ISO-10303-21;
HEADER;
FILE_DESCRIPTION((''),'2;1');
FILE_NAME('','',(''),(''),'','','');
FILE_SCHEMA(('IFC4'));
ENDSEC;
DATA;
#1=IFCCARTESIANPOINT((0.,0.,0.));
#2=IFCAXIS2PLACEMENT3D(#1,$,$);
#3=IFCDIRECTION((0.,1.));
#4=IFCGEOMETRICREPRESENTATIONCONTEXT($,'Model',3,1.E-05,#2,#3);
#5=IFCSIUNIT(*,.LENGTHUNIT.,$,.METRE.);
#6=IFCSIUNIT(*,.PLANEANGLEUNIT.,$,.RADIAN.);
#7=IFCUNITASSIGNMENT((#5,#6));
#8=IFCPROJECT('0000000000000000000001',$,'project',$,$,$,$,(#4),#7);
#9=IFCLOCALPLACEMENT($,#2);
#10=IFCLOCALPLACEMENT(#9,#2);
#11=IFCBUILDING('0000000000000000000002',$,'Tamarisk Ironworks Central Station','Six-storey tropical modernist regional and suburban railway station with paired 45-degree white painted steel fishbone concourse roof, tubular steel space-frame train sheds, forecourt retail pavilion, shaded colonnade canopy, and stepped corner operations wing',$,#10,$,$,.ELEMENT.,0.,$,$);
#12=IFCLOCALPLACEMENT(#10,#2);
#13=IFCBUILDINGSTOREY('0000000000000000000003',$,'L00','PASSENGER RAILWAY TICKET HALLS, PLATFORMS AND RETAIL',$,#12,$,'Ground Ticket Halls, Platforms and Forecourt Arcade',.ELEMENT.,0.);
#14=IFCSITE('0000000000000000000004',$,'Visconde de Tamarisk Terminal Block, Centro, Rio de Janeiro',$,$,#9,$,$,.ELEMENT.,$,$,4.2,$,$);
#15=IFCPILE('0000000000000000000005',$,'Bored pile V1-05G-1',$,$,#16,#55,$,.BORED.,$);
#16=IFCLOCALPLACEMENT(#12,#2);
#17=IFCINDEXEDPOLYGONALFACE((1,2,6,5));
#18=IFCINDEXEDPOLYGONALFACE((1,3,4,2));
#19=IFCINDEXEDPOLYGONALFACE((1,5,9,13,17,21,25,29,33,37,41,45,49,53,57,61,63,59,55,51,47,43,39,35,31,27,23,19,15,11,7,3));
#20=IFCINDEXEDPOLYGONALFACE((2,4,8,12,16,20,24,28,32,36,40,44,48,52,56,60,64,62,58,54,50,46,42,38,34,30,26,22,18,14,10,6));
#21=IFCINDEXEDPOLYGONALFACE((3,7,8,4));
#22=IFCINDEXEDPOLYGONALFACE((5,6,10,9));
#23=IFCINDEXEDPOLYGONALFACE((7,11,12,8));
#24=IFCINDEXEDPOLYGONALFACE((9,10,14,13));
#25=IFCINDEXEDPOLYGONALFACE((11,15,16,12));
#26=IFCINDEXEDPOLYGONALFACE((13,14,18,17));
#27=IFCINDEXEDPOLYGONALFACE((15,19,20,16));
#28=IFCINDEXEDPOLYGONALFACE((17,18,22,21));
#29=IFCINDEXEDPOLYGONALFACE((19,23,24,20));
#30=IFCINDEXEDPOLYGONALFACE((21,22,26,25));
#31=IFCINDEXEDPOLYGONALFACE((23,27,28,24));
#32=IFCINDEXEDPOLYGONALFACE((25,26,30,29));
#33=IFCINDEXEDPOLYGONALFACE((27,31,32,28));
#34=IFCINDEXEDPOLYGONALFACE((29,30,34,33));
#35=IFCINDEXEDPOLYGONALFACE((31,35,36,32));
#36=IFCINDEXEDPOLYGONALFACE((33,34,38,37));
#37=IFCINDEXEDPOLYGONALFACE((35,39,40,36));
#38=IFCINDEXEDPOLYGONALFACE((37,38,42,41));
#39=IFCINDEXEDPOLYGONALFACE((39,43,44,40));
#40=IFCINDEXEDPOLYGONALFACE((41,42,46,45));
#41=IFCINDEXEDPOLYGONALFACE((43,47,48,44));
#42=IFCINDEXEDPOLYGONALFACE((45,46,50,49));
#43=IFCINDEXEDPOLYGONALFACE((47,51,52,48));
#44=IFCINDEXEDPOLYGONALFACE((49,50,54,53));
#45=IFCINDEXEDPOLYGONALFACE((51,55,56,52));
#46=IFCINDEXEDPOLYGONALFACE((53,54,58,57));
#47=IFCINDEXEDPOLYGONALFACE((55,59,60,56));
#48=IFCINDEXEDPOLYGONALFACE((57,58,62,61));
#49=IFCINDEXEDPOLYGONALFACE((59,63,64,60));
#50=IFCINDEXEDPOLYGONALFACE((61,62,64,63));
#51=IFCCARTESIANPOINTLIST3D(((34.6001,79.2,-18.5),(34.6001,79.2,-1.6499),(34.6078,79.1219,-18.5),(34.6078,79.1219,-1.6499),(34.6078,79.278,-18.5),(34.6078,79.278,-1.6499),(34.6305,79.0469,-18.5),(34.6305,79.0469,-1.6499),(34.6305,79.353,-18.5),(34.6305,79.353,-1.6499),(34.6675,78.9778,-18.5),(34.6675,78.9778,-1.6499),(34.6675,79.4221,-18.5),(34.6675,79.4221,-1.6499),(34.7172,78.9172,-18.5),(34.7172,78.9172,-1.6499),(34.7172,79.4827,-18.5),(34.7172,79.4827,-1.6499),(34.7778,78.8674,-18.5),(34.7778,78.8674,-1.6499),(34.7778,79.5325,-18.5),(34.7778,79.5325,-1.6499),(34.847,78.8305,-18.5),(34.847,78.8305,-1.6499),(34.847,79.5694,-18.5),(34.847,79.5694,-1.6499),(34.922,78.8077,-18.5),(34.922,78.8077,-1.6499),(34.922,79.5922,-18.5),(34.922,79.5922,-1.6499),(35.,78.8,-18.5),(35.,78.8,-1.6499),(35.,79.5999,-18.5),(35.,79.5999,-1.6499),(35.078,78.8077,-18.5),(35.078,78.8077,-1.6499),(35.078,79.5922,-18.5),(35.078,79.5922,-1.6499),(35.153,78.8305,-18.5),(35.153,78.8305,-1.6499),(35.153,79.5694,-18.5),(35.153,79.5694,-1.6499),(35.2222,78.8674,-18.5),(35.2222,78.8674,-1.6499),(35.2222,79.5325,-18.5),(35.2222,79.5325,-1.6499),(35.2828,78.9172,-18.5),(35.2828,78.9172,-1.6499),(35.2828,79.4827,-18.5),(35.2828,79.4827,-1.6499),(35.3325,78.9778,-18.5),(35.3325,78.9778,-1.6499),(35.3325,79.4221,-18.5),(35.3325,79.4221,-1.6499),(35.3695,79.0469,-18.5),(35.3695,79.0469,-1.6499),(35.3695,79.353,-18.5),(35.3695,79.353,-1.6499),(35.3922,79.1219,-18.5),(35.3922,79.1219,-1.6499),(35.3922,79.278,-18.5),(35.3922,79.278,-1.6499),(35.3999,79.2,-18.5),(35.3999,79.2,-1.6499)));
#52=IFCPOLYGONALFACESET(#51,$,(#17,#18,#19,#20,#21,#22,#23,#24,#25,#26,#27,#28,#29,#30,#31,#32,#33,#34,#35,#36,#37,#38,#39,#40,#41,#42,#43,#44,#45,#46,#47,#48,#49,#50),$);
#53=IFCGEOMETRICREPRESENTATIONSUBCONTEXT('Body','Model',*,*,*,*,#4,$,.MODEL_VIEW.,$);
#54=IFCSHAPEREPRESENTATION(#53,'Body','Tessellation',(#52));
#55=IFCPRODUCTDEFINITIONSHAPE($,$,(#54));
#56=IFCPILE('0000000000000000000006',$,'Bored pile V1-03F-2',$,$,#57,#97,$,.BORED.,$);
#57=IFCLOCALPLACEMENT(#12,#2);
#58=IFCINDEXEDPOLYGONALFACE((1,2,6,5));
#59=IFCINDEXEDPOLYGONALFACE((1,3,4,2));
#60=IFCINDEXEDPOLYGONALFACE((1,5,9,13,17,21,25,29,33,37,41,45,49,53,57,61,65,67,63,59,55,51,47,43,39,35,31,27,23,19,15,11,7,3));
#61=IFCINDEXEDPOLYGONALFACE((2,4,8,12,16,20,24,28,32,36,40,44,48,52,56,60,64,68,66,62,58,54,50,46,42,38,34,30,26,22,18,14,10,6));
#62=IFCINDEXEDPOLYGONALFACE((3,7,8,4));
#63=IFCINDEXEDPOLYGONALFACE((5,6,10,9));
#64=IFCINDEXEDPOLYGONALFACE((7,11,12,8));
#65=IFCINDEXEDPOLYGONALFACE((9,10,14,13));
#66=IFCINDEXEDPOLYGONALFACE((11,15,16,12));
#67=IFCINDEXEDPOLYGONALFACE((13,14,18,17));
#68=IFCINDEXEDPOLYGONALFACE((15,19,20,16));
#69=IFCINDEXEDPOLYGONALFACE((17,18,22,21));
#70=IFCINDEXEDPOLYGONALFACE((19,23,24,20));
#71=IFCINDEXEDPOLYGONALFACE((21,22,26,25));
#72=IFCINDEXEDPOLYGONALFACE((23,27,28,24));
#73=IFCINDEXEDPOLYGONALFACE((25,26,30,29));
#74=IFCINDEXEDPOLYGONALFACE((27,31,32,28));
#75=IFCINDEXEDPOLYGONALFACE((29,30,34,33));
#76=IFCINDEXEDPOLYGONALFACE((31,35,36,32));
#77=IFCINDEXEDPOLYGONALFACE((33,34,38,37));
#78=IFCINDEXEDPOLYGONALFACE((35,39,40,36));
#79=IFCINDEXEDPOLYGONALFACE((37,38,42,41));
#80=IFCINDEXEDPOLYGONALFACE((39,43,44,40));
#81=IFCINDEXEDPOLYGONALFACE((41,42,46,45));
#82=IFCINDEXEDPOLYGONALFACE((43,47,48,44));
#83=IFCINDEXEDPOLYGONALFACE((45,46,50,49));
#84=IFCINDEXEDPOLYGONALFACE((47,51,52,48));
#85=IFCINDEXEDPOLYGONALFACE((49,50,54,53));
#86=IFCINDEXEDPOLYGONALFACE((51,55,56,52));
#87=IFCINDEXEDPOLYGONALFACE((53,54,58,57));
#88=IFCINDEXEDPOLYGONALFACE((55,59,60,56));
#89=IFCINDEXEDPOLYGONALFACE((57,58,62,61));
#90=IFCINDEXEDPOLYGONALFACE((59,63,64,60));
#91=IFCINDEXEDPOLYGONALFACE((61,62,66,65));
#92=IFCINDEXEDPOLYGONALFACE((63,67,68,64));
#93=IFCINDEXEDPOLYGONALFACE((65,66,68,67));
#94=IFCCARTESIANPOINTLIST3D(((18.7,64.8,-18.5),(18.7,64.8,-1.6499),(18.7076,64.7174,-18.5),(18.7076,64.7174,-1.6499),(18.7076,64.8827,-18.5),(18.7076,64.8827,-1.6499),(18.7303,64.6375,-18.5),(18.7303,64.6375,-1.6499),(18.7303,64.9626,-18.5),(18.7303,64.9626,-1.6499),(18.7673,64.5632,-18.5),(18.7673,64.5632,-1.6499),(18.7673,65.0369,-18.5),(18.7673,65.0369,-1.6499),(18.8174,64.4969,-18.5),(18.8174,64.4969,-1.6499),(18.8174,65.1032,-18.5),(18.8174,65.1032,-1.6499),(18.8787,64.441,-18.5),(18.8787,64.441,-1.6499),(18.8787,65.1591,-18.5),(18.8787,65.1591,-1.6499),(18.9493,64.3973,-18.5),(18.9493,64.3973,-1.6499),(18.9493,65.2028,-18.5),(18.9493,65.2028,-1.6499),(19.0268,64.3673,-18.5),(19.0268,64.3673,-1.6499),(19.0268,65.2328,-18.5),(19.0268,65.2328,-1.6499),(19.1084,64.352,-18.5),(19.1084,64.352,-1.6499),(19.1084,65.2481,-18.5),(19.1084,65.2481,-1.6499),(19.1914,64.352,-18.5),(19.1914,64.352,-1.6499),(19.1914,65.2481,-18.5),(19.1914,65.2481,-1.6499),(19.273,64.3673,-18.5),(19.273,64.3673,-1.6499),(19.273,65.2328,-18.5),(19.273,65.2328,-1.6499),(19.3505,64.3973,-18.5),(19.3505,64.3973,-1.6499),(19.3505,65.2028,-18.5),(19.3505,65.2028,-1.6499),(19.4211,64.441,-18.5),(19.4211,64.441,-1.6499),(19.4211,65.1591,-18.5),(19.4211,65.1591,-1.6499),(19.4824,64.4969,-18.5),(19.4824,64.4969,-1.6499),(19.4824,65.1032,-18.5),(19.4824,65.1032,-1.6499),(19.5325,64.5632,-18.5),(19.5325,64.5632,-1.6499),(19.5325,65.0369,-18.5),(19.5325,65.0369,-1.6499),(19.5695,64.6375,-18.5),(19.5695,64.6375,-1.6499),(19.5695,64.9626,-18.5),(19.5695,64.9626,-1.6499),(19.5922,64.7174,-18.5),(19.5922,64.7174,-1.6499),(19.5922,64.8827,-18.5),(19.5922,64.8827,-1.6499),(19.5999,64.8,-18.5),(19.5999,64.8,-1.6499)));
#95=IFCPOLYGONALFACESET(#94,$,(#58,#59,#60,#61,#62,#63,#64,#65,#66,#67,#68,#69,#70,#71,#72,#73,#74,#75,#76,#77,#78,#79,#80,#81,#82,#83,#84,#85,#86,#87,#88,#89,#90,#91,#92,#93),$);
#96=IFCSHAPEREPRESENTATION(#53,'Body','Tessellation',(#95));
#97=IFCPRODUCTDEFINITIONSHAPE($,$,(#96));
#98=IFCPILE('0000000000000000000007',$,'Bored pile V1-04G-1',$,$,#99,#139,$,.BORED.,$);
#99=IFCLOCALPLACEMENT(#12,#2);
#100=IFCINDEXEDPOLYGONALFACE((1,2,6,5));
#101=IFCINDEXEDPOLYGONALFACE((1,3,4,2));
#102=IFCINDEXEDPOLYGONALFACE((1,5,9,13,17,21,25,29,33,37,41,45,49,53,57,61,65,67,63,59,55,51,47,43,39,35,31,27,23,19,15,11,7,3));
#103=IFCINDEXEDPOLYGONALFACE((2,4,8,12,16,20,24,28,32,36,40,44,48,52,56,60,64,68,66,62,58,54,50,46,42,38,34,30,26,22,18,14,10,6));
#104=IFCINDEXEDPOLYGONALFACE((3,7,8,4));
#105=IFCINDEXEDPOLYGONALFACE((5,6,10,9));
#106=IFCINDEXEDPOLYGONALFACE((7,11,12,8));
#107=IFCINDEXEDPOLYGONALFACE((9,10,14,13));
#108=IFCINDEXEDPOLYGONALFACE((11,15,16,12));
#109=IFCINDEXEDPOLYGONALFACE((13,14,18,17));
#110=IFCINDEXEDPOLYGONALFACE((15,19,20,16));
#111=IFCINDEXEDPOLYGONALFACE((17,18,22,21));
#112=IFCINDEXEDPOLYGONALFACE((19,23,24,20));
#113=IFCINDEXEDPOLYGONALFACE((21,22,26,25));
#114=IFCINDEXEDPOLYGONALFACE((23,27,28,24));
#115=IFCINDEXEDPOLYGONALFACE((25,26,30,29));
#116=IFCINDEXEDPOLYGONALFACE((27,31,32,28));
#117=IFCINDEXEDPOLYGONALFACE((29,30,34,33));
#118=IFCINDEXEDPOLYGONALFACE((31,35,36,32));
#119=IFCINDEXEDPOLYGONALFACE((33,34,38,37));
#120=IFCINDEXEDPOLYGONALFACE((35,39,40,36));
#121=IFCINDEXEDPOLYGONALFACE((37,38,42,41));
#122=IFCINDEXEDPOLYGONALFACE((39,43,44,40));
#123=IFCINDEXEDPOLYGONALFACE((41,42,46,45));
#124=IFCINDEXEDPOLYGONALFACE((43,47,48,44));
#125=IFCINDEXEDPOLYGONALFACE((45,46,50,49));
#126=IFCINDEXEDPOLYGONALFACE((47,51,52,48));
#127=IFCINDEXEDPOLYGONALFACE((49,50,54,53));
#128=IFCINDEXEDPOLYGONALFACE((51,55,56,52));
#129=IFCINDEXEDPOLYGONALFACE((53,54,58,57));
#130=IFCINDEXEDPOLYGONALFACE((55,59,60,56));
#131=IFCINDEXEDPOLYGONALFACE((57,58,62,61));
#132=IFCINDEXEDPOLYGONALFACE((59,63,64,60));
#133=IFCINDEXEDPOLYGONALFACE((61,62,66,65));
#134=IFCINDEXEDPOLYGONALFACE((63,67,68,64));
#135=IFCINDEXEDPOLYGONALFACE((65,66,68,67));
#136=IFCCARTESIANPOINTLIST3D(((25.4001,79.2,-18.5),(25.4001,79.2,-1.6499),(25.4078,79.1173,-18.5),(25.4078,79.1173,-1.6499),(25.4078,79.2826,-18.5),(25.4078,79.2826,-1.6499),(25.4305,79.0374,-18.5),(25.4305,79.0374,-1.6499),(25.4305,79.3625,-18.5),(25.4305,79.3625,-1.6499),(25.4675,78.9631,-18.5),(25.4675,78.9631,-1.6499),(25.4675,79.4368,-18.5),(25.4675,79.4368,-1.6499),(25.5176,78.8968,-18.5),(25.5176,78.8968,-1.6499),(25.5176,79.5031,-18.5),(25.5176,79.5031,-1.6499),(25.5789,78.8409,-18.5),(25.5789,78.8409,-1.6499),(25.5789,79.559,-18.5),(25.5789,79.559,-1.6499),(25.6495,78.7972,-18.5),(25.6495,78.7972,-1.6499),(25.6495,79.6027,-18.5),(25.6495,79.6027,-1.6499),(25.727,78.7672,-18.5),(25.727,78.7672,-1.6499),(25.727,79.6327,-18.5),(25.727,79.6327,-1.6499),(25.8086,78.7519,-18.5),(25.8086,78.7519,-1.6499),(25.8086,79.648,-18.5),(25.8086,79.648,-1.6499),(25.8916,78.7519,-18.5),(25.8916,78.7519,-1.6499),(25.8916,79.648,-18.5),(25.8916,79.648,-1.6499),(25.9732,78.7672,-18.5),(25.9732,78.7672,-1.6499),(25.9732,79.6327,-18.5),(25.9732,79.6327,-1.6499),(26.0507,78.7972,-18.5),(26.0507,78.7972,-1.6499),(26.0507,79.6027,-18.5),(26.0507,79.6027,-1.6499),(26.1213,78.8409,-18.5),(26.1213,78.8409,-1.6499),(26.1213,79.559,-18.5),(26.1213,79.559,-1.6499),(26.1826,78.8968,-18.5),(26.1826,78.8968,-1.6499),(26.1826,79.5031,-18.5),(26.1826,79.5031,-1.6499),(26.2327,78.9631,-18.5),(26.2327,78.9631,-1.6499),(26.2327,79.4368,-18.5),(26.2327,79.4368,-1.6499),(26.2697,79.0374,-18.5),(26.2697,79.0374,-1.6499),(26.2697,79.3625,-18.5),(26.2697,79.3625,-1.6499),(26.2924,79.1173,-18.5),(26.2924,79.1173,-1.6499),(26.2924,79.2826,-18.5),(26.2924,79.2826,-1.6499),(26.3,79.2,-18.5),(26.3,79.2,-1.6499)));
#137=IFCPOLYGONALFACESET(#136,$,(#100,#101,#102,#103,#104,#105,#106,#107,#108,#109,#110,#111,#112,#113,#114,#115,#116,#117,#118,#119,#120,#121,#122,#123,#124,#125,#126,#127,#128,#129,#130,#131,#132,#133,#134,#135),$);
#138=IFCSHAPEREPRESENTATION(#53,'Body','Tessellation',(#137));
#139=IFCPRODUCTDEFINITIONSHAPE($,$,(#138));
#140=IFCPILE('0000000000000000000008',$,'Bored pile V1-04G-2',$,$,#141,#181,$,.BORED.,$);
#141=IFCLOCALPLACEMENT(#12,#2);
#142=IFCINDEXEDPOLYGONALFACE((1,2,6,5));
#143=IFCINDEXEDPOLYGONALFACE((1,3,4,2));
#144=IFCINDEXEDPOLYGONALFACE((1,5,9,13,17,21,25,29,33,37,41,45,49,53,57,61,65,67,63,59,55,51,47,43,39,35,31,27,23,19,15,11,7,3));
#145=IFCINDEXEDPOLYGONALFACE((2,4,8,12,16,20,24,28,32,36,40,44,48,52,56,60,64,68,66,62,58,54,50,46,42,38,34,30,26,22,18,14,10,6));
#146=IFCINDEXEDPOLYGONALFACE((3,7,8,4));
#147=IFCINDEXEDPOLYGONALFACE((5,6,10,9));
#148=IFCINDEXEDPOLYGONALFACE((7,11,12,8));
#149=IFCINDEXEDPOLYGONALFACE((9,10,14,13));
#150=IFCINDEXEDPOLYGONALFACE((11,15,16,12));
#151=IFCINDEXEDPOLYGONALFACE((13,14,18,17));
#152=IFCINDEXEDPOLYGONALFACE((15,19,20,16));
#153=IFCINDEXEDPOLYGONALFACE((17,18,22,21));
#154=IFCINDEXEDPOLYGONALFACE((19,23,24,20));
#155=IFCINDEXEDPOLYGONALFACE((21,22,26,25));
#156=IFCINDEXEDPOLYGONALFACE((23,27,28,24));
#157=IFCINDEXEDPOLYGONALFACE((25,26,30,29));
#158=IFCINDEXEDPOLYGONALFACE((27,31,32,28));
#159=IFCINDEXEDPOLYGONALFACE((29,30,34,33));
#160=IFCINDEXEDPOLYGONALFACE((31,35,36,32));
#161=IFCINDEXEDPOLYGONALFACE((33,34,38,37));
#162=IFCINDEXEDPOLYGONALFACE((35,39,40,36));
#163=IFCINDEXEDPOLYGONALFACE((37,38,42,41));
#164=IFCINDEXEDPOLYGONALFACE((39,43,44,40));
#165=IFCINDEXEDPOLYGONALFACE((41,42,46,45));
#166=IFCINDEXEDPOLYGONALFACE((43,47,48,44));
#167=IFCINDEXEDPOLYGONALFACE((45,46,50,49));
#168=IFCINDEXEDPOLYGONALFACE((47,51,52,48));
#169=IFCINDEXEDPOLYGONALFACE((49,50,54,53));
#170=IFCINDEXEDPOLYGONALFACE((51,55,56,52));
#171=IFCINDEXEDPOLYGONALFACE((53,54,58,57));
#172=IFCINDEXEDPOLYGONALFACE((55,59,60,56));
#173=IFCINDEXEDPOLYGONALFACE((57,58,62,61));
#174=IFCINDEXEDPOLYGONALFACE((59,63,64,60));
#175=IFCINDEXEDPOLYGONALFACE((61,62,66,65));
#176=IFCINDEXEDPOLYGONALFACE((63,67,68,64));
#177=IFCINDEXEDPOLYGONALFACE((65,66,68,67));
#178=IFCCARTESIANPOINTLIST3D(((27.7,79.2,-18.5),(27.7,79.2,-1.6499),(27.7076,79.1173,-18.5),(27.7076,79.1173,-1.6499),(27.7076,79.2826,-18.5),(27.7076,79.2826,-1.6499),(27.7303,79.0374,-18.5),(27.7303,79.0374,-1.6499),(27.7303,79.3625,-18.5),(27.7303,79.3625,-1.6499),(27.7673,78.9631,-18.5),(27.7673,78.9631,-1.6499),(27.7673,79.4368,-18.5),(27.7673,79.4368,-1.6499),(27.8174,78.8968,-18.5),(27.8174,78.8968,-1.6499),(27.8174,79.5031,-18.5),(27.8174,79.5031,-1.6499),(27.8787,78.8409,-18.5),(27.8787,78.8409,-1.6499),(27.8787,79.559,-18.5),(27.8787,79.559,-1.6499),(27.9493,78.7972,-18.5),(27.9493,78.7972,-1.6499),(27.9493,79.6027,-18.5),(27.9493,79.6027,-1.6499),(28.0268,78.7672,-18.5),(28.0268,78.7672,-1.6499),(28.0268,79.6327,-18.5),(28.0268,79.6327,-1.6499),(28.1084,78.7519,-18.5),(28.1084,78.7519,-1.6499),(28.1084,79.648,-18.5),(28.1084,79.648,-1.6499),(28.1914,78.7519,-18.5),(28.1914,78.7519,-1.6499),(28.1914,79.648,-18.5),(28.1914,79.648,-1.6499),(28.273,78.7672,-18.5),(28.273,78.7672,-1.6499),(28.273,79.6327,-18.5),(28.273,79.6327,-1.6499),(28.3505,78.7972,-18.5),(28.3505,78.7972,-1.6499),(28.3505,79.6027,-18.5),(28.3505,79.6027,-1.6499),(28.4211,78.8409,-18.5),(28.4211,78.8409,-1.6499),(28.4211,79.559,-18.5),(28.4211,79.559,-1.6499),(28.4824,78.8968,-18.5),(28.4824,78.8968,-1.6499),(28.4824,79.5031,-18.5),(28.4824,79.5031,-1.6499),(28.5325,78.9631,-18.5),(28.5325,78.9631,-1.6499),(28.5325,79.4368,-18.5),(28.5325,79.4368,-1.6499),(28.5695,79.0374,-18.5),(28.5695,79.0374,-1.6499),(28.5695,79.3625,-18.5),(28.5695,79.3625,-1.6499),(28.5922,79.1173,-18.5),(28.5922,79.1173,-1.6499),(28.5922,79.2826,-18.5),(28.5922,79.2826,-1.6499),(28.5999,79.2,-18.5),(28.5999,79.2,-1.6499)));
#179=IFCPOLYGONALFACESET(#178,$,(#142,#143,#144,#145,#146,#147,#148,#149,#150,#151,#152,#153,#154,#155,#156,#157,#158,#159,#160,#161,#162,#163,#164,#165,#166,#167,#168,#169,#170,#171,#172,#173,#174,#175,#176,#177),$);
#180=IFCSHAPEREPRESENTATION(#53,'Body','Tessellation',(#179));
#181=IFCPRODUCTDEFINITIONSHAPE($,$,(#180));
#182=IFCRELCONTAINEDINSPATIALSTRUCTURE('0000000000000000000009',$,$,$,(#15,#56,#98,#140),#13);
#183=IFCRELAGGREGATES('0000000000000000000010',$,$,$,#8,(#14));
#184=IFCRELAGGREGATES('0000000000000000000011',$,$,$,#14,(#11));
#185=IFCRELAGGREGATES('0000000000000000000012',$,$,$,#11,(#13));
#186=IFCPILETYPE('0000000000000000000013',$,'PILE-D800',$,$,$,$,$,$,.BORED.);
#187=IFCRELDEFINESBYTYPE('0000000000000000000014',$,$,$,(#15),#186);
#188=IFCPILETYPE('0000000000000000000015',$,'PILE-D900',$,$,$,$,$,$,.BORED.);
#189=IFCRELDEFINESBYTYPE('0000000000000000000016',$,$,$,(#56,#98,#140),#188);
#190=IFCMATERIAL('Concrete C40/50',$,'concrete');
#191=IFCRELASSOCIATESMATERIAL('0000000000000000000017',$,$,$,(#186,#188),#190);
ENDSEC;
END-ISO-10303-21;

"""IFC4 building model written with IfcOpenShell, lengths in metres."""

from ifc_helpers import new_model, si_unit, direction, frame, origin, origin_2d, place, context, subcontext, project, spatial, circle, extrude, material, material_profile, profile_set, type_object, element, save


model = new_model("IFC4")

# Units and contexts
model_context = context("Model", 3, precision=1e-05, world=origin(), true_north=direction((0.0, 1.0)))
body_context = subcontext(model_context, "Body", "Model", "MODEL_VIEW")
ifc_project = project(units=[si_unit("LENGTHUNIT", "METRE"), si_unit("PLANEANGLEUNIT", "RADIAN")], contexts=[model_context])

# Site, building, storey
site_placement = place(None, origin())
site = spatial("IfcSite", under=ifc_project, at=site_placement, Name="Visconde de Tamarisk Terminal Block, Centro, Rio de Janeiro", CompositionType="ELEMENT", RefElevation=4.2)
building_placement = place(site_placement, origin())
building = spatial("IfcBuilding", under=site, at=building_placement, Name="Tamarisk Ironworks Central Station", Description="Six-storey tropical modernist regional and suburban railway station with paired 45-degree white painted steel fishbone concourse roof, tubular steel space-frame train sheds, forecourt retail pavilion, shaded colonnade canopy, and stepped corner operations wing", CompositionType="ELEMENT", ElevationOfRefHeight=0.0)
storey_placement = place(building_placement, origin())
storey = spatial("IfcBuildingStorey", under=building, at=storey_placement, Name="L00", Description="PASSENGER RAILWAY TICKET HALLS, PLATFORMS AND RETAIL", LongName="Ground Ticket Halls, Platforms and Forecourt Arcade", CompositionType="ELEMENT", Elevation=0.0)

# Shared definitions
ifc_material_1 = material(Name="Concrete C40/50", Category="concrete")

# Piles
ifc_material_profile_1 = material_profile(ifc_material_1, circle(Radius=0.3999, at=origin_2d()), Name="BORED PILE D800")
ifc_profile_set_1 = profile_set([ifc_material_profile_1], Name="Concrete C40/50")
pile_type_1 = type_object("IfcPileType", Name="PILE-D800", PredefinedType="BORED", material=ifc_profile_set_1)
for number, where, z_axis, x_axis, name in (
    (1, (35.0, 79.2, -1.6499), (0.0, 0.0, -1.0), (1.0, 0.0, 0.0), "Bored pile V1-05G-1"),
):
    element("IfcPile", number, at=place(storey_placement, frame(where, z_axis=z_axis, x_axis=x_axis)), inside=storey, type_object=pile_type_1, Name=name, PredefinedType="BORED", context=body_context, shape_type="SweptSolid", body=[
        extrude(circle(Radius=0.3999, at=origin_2d()), origin(), (0.0, 0.0, 1.0), 16.8501),
    ])
ifc_material_profile_2 = material_profile(ifc_material_1, circle(Radius=0.45, at=origin_2d()), Name="BORED PILE D900")
ifc_profile_set_2 = profile_set([ifc_material_profile_2], Name="Concrete C40/50")
pile_type_2 = type_object("IfcPileType", Name="PILE-D900", PredefinedType="BORED", material=ifc_profile_set_2)
for number, where, z_axis, x_axis, name in (
    (2, (19.1499, 64.8, -1.6499), (0.0, 0.0, -1.0), (1.0, 0.0, 0.0), "Bored pile V1-03F-2"),
    (3, (25.8501, 79.2, -1.6499), (0.0, 0.0, -1.0), (1.0, 0.0, 0.0), "Bored pile V1-04G-1"),
    (4, (28.1499, 79.2, -1.6499), (0.0, 0.0, -1.0), (1.0, 0.0, 0.0), "Bored pile V1-04G-2"),
):
    element("IfcPile", number, at=place(storey_placement, frame(where, z_axis=z_axis, x_axis=x_axis)), inside=storey, type_object=pile_type_2, Name=name, PredefinedType="BORED", context=body_context, shape_type="SweptSolid", body=[
        extrude(circle(Radius=0.45, at=origin_2d()), origin(), (0.0, 0.0, 1.0), 16.8501),
    ])

save(model, "model.ifc")
